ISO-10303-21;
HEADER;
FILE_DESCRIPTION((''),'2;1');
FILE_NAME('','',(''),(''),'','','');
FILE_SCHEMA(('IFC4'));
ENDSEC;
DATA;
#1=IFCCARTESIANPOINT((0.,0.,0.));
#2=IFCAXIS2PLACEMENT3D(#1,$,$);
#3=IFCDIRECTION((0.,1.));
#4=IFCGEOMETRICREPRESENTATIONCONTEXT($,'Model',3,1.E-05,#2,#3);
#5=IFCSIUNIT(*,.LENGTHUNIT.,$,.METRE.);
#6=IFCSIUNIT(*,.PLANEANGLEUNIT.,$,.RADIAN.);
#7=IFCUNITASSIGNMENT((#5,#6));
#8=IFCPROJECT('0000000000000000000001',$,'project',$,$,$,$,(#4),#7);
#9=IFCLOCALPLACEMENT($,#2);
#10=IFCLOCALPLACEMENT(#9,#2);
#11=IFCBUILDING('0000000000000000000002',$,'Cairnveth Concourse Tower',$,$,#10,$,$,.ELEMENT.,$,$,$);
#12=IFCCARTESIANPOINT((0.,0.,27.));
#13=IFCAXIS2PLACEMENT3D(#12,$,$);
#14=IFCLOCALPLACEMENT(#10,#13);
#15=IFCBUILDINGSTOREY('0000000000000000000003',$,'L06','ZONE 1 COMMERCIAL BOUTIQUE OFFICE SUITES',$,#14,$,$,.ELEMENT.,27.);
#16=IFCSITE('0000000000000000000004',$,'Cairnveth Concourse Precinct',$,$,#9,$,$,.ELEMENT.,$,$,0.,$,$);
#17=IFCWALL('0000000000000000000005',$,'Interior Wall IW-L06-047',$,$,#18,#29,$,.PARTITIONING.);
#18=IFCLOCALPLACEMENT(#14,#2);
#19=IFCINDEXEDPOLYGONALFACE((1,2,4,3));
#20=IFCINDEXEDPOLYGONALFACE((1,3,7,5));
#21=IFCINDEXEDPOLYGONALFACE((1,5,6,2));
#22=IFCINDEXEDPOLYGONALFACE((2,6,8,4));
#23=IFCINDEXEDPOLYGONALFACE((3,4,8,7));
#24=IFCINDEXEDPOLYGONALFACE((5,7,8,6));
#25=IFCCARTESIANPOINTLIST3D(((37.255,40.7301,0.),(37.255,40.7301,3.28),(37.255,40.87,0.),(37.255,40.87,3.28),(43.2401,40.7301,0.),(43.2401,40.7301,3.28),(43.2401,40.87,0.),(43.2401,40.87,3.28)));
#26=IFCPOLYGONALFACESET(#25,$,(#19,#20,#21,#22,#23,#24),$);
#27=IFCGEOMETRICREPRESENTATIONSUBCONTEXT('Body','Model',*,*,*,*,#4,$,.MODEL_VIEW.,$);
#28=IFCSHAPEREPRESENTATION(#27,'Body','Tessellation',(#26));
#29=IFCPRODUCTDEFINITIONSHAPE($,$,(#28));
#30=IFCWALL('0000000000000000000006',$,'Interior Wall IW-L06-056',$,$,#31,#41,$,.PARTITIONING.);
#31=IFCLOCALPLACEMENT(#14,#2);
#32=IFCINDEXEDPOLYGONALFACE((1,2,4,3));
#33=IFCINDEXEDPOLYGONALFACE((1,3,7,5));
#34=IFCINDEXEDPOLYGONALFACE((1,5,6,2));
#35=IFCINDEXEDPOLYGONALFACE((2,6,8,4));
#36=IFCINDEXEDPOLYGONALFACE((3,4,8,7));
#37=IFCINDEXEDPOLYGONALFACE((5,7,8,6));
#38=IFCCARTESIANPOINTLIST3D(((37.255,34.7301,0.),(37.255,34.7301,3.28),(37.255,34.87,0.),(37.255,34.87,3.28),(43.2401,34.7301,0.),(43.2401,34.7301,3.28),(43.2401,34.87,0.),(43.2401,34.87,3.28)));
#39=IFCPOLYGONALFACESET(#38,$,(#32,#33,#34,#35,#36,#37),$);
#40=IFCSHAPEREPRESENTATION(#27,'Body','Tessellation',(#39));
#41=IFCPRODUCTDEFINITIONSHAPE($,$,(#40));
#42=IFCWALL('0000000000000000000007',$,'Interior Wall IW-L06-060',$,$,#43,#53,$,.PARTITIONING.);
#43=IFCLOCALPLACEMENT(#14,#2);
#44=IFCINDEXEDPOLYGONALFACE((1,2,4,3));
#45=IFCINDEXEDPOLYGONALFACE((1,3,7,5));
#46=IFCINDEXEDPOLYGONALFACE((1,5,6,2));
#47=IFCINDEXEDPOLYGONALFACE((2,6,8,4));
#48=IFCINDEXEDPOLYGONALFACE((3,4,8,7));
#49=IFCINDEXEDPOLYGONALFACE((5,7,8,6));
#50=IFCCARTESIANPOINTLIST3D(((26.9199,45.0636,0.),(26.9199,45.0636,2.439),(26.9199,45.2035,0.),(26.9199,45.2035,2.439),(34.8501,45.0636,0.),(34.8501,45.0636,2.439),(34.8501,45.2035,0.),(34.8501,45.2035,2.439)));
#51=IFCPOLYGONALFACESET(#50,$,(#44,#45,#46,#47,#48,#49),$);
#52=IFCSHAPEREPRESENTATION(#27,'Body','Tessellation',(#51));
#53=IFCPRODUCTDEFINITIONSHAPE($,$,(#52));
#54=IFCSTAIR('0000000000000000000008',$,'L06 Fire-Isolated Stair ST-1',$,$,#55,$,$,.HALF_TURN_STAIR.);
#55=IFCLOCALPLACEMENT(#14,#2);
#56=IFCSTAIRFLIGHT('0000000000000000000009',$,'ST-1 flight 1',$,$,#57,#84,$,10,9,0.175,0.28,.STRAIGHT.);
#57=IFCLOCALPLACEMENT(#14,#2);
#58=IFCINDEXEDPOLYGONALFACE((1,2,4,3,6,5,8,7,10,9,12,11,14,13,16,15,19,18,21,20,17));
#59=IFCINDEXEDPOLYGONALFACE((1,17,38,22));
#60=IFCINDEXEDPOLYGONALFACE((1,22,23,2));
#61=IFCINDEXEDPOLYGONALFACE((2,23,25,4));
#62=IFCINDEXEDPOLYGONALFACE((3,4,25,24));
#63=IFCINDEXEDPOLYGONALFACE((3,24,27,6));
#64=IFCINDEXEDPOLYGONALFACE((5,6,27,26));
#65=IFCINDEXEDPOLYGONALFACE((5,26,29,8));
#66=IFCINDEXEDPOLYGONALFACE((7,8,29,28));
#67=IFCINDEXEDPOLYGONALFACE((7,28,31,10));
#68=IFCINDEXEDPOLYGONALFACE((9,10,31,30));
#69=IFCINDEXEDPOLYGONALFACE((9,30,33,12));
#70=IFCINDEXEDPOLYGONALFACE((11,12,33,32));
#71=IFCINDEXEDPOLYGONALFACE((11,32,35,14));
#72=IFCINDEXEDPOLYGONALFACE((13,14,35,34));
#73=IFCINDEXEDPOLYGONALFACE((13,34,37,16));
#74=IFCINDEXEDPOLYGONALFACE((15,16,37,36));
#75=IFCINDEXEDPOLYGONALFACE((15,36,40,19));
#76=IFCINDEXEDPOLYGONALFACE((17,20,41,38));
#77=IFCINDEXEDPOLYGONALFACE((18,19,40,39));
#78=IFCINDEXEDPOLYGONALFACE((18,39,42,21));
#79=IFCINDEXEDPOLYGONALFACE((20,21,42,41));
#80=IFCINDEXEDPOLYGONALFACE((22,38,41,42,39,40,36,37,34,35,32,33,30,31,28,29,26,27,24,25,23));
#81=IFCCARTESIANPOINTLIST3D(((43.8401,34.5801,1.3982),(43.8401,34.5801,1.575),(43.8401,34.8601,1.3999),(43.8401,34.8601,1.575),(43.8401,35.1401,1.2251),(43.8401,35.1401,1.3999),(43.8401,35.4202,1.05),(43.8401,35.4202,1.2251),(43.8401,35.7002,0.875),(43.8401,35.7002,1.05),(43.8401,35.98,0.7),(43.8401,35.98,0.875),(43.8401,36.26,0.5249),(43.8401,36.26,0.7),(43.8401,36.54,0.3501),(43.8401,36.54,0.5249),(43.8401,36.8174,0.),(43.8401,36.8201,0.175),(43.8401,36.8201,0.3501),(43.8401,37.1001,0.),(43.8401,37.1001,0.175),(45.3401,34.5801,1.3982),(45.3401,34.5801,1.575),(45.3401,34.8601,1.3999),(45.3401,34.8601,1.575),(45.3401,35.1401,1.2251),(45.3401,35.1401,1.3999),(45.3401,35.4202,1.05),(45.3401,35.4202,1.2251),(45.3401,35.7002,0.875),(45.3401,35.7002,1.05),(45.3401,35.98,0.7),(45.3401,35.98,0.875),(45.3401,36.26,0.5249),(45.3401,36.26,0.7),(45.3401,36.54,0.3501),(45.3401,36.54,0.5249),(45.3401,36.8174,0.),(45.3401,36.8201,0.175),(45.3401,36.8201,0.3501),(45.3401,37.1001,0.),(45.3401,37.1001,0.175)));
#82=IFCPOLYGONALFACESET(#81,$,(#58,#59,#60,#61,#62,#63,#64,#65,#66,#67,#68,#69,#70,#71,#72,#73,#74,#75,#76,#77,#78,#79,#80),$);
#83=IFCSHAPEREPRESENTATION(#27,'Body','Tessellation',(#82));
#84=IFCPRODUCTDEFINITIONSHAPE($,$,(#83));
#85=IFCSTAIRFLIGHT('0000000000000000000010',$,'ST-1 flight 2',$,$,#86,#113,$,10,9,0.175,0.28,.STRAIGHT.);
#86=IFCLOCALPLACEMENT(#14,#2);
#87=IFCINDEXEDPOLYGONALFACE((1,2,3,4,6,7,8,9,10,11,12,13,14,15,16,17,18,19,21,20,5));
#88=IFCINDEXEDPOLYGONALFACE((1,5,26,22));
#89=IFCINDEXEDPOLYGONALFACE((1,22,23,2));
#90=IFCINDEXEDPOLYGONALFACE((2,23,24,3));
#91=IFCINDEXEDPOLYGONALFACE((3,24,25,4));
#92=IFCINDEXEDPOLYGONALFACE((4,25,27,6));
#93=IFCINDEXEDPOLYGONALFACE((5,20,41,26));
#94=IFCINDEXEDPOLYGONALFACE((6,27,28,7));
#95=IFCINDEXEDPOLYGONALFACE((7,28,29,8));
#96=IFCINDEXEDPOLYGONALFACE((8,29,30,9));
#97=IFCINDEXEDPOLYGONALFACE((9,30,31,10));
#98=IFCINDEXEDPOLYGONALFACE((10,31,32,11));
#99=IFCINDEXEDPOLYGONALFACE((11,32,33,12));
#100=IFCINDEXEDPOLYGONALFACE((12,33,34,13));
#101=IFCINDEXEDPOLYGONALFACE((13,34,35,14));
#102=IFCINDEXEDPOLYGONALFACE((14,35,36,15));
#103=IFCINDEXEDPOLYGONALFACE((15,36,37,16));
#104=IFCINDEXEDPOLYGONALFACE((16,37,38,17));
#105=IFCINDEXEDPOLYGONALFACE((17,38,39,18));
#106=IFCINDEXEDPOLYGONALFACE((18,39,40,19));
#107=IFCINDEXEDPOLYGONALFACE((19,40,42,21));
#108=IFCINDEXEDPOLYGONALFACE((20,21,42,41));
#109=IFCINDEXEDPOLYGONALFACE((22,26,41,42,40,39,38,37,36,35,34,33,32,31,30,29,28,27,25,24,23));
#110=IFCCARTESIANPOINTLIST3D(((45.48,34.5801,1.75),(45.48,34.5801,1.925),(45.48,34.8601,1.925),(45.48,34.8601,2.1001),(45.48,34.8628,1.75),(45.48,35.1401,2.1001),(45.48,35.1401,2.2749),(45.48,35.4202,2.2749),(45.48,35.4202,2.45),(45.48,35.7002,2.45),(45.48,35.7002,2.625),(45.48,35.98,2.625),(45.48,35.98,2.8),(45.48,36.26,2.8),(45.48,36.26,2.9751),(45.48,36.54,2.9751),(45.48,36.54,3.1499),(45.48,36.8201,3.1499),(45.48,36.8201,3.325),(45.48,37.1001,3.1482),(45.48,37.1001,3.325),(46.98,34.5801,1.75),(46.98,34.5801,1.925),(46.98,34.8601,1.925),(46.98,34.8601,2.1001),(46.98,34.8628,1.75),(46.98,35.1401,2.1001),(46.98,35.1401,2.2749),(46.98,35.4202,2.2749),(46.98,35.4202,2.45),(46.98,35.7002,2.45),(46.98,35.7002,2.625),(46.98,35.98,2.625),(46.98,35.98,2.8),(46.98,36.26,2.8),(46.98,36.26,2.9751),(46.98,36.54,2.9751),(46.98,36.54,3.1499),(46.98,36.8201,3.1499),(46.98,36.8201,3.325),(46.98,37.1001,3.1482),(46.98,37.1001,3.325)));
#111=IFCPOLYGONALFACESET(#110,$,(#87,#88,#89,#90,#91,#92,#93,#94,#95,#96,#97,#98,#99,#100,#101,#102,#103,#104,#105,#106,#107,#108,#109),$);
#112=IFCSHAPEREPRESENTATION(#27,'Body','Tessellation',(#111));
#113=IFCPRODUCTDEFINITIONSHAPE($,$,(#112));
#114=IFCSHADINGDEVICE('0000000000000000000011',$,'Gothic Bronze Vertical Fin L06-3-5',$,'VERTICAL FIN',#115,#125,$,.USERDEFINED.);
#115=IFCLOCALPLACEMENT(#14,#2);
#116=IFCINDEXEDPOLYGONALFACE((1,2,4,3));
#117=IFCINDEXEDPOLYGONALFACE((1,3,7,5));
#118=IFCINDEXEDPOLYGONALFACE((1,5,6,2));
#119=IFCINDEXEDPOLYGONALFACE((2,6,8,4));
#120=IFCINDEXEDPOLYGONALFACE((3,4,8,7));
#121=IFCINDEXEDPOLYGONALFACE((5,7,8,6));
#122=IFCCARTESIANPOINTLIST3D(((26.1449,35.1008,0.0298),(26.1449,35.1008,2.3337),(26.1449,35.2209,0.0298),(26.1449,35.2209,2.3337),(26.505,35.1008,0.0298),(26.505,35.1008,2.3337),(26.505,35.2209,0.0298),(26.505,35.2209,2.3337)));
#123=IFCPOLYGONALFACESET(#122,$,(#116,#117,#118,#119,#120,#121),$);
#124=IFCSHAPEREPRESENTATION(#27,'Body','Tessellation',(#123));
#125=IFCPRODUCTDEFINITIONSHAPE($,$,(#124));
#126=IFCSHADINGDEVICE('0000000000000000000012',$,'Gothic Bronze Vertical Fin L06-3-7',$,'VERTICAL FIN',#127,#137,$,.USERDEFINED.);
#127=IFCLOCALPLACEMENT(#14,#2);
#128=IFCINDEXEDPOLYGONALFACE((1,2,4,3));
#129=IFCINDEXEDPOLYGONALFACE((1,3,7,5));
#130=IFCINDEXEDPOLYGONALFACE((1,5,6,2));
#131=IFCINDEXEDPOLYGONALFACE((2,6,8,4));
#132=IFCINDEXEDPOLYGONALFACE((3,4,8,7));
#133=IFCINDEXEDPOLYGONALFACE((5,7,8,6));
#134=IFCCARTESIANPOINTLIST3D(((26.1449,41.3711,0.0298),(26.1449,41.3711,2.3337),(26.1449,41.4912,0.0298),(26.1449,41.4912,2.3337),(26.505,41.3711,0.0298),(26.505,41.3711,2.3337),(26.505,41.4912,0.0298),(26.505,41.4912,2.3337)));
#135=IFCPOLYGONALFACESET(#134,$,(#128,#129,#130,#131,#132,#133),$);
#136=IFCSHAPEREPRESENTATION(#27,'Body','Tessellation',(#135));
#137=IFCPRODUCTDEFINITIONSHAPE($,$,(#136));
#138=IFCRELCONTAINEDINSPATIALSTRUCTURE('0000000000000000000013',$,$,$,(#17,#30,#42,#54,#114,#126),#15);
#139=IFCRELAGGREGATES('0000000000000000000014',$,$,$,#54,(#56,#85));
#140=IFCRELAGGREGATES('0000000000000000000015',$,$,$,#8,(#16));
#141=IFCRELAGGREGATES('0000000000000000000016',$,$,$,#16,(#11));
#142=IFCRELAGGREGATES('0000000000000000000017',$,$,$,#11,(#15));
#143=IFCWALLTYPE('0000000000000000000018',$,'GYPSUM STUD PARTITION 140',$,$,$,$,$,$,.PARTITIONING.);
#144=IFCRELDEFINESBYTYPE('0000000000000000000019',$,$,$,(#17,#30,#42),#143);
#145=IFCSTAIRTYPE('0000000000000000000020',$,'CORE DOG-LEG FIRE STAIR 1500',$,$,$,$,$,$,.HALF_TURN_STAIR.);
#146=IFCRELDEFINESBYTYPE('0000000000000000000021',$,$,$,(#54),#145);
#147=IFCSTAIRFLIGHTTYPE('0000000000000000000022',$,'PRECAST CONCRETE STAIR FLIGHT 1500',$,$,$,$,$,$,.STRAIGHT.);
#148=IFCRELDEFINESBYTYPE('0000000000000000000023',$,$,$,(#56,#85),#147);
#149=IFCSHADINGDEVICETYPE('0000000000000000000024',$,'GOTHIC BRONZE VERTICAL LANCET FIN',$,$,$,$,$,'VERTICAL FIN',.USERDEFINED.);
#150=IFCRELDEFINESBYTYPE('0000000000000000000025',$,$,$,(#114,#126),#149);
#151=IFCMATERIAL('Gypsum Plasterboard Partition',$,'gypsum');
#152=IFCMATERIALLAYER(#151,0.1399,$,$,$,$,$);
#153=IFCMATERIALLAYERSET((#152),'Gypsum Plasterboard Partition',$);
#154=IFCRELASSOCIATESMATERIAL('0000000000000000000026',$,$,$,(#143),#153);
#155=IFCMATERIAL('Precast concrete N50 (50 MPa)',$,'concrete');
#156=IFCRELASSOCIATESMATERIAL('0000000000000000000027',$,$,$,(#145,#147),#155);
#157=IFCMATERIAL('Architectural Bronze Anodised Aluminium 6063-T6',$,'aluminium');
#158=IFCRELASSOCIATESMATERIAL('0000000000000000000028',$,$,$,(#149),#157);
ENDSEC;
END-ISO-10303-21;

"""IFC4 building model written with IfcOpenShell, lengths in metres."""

from ifc_helpers import new_model, si_unit, direction, frame, frame_2d, origin, origin_2d, place, context, subcontext, project, spatial, polyline, rectangle, outline, extrude, material, layer, layer_set, type_object, element, aggregate, save


model = new_model("IFC4")

# Units and contexts
model_context = context("Model", 3, precision=1e-05, world=origin(), true_north=direction((0.0, 1.0)))
body_context = subcontext(model_context, "Body", "Model", "MODEL_VIEW")
ifc_project = project(units=[si_unit("LENGTHUNIT", "METRE"), si_unit("PLANEANGLEUNIT", "RADIAN")], contexts=[model_context])

# Site, building, storey
site_placement = place(None, origin())
site = spatial("IfcSite", under=ifc_project, at=site_placement, Name="Cairnveth Concourse Precinct", CompositionType="ELEMENT", RefElevation=0.0)
building_placement = place(site_placement, origin())
building = spatial("IfcBuilding", under=site, at=building_placement, Name="Cairnveth Concourse Tower", CompositionType="ELEMENT")
storey_placement = place(building_placement, frame((0.0, 0.0, 27.0)))
storey = spatial("IfcBuildingStorey", under=building, at=storey_placement, Name="L06", Description="ZONE 1 COMMERCIAL BOUTIQUE OFFICE SUITES", CompositionType="ELEMENT", Elevation=27.0)

# Shared definitions
ifc_material_1 = material(Name="Architectural Bronze Anodised Aluminium 6063-T6", Category="aluminium")

# Shared definitions
ifc_material_2 = material(Name="Gypsum Plasterboard Partition", Category="gypsum")
ifc_layer_1 = layer(ifc_material_2, 0.1399)
ifc_layer_set_1 = layer_set([ifc_layer_1], Name="Gypsum Plasterboard Partition")
wall_type_1 = type_object("IfcWallType", Name="GYPSUM STUD PARTITION 140", PredefinedType="PARTITIONING", material=ifc_layer_set_1)

# Walls
for number, where, z_axis, x_axis, name in (
    (1, (37.2549, 40.8, 0.0), (0.0, 0.0, 1.0), (1.0, 0.0, 0.0), "Interior Wall IW-L06-047"),
    (2, (37.2549, 34.8, 0.0), (0.0, 0.0, 1.0), (1.0, 0.0, 0.0), "Interior Wall IW-L06-056"),
):
    element("IfcWall", number, at=place(storey_placement, frame(where, z_axis=z_axis, x_axis=x_axis)), inside=storey, type_object=wall_type_1, Name=name, PredefinedType="PARTITIONING", context=body_context, shape_type="SweptSolid", body=[
        extrude(rectangle(XDim=5.9851, YDim=0.1399, at=frame_2d((2.9927, 0.0))), origin(), (0.0, 0.0, 1.0), 3.28),
    ])
wall_1_placement = place(storey_placement, frame((26.9199, 45.1335, 0.0), z_axis=(0.0, 0.0, 1.0), x_axis=(1.0, 0.0, 0.0)))
element("IfcWall", 3, at=wall_1_placement, inside=storey, type_object=wall_type_1, Name="Interior Wall IW-L06-060", PredefinedType="PARTITIONING", context=body_context, shape_type="SweptSolid", body=[
    extrude(rectangle(XDim=7.9302, YDim=0.1399, at=frame_2d((3.9651, 0.0))), origin(), (0.0, 0.0, 1.0), 2.439),
])

# Stair, stair flights
ifc_material_3 = material(Name="Precast concrete N50 (50 MPa)", Category="concrete")
stair_type = type_object("IfcStairType", Name="CORE DOG-LEG FIRE STAIR 1500", PredefinedType="HALF_TURN_STAIR", material=ifc_material_3)
stair_placement = place(storey_placement, origin())
stair = element("IfcStair", 4, at=stair_placement, inside=storey, type_object=stair_type, Name="L06 Fire-Isolated Stair ST-1", PredefinedType="HALF_TURN_STAIR")
stair_flight_type = type_object("IfcStairFlightType", Name="PRECAST CONCRETE STAIR FLIGHT 1500", PredefinedType="STRAIGHT", material=ifc_material_3)
stair_flight_1_placement = place(storey_placement, frame((44.5901, 37.1001, 0.0), z_axis=(0.0, 0.0, 1.0), x_axis=(0.0, -1.0, 0.0)))
stair_flight_1 = element("IfcStairFlight", 5, at=stair_flight_1_placement, type_object=stair_flight_type, Name="ST-1 flight 1", NumberOfRisers=10, NumberOfTreads=9, PredefinedType="STRAIGHT", RiserHeight=0.175, TreadLength=0.28, context=body_context, shape_type="SweptSolid", body=[
    extrude(outline(polyline([(0.0, 0.0), (0.0, 0.175), (0.28, 0.175), (0.28, 0.3501), (0.5601, 0.3501), (0.5601, 0.5249), (0.8401, 0.5249), (0.8401, 0.7), (1.1201, 0.7), (1.1201, 0.875), (1.3999, 0.875), (1.3999, 1.05), (1.6799, 1.05), (1.6799, 1.2251), (1.96, 1.2251), (1.96, 1.3999), (2.24, 1.3999), (2.24, 1.575), (2.52, 1.575), (2.52, 1.75), (2.52, 1.3982), (0.2827, 0.0), (0.0, 0.0)])), frame((0.0, 0.75, 0.0), z_axis=(0.0, -1.0, 0.0), x_axis=(1.0, 0.0, 0.0)), (0.0, 0.0, 1.0), 1.5),
])
stair_flight_2_placement = place(storey_placement, frame((46.23, 34.5801, 1.75), z_axis=(0.0, 0.0, 1.0), x_axis=(0.0, 1.0, 0.0)))
stair_flight_2 = element("IfcStairFlight", 6, at=stair_flight_2_placement, type_object=stair_flight_type, Name="ST-1 flight 2", NumberOfRisers=10, NumberOfTreads=9, PredefinedType="STRAIGHT", RiserHeight=0.175, TreadLength=0.28, context=body_context, shape_type="SweptSolid", body=[
    extrude(outline(polyline([(0.0, 0.0), (0.0, 0.175), (0.28, 0.175), (0.28, 0.3501), (0.5601, 0.3501), (0.5601, 0.5249), (0.8401, 0.5249), (0.8401, 0.7), (1.1201, 0.7), (1.1201, 0.875), (1.3999, 0.875), (1.3999, 1.05), (1.6799, 1.05), (1.6799, 1.2251), (1.96, 1.2251), (1.96, 1.3999), (2.24, 1.3999), (2.24, 1.575), (2.52, 1.575), (2.52, 1.75), (2.52, 1.3982), (0.2827, 0.0), (0.0, 0.0)])), frame((0.0, 0.75, 0.0), z_axis=(0.0, -1.0, 0.0), x_axis=(1.0, 0.0, 0.0)), (0.0, 0.0, 1.0), 1.5),
])
aggregate(stair, [stair_flight_1, stair_flight_2])

# Shading devices
shading_device_type = type_object("IfcShadingDeviceType", Name="GOTHIC BRONZE VERTICAL LANCET FIN", ElementType="VERTICAL FIN", PredefinedType="USERDEFINED", material=ifc_material_1)
for number, where, z_axis, x_axis, name in (
    (7, (26.325, 35.1609, 0.0298), (0.0, 0.0, 1.0), (0.0, 1.0, 0.0), "Gothic Bronze Vertical Fin L06-3-5"),
    (8, (26.325, 41.4312, 0.0298), (0.0, 0.0, 1.0), (0.0, 1.0, 0.0), "Gothic Bronze Vertical Fin L06-3-7"),
):
    element("IfcShadingDevice", number, at=place(storey_placement, frame(where, z_axis=z_axis, x_axis=x_axis)), inside=storey, type_object=shading_device_type, Name=name, ObjectType="VERTICAL FIN", PredefinedType="USERDEFINED", context=body_context, shape_type="SweptSolid", body=[
        extrude(rectangle(XDim=0.1201, YDim=0.3601, at=origin_2d()), origin(), (0.0, 0.0, 1.0), 2.304),
    ])

save(model, "model.ifc")
